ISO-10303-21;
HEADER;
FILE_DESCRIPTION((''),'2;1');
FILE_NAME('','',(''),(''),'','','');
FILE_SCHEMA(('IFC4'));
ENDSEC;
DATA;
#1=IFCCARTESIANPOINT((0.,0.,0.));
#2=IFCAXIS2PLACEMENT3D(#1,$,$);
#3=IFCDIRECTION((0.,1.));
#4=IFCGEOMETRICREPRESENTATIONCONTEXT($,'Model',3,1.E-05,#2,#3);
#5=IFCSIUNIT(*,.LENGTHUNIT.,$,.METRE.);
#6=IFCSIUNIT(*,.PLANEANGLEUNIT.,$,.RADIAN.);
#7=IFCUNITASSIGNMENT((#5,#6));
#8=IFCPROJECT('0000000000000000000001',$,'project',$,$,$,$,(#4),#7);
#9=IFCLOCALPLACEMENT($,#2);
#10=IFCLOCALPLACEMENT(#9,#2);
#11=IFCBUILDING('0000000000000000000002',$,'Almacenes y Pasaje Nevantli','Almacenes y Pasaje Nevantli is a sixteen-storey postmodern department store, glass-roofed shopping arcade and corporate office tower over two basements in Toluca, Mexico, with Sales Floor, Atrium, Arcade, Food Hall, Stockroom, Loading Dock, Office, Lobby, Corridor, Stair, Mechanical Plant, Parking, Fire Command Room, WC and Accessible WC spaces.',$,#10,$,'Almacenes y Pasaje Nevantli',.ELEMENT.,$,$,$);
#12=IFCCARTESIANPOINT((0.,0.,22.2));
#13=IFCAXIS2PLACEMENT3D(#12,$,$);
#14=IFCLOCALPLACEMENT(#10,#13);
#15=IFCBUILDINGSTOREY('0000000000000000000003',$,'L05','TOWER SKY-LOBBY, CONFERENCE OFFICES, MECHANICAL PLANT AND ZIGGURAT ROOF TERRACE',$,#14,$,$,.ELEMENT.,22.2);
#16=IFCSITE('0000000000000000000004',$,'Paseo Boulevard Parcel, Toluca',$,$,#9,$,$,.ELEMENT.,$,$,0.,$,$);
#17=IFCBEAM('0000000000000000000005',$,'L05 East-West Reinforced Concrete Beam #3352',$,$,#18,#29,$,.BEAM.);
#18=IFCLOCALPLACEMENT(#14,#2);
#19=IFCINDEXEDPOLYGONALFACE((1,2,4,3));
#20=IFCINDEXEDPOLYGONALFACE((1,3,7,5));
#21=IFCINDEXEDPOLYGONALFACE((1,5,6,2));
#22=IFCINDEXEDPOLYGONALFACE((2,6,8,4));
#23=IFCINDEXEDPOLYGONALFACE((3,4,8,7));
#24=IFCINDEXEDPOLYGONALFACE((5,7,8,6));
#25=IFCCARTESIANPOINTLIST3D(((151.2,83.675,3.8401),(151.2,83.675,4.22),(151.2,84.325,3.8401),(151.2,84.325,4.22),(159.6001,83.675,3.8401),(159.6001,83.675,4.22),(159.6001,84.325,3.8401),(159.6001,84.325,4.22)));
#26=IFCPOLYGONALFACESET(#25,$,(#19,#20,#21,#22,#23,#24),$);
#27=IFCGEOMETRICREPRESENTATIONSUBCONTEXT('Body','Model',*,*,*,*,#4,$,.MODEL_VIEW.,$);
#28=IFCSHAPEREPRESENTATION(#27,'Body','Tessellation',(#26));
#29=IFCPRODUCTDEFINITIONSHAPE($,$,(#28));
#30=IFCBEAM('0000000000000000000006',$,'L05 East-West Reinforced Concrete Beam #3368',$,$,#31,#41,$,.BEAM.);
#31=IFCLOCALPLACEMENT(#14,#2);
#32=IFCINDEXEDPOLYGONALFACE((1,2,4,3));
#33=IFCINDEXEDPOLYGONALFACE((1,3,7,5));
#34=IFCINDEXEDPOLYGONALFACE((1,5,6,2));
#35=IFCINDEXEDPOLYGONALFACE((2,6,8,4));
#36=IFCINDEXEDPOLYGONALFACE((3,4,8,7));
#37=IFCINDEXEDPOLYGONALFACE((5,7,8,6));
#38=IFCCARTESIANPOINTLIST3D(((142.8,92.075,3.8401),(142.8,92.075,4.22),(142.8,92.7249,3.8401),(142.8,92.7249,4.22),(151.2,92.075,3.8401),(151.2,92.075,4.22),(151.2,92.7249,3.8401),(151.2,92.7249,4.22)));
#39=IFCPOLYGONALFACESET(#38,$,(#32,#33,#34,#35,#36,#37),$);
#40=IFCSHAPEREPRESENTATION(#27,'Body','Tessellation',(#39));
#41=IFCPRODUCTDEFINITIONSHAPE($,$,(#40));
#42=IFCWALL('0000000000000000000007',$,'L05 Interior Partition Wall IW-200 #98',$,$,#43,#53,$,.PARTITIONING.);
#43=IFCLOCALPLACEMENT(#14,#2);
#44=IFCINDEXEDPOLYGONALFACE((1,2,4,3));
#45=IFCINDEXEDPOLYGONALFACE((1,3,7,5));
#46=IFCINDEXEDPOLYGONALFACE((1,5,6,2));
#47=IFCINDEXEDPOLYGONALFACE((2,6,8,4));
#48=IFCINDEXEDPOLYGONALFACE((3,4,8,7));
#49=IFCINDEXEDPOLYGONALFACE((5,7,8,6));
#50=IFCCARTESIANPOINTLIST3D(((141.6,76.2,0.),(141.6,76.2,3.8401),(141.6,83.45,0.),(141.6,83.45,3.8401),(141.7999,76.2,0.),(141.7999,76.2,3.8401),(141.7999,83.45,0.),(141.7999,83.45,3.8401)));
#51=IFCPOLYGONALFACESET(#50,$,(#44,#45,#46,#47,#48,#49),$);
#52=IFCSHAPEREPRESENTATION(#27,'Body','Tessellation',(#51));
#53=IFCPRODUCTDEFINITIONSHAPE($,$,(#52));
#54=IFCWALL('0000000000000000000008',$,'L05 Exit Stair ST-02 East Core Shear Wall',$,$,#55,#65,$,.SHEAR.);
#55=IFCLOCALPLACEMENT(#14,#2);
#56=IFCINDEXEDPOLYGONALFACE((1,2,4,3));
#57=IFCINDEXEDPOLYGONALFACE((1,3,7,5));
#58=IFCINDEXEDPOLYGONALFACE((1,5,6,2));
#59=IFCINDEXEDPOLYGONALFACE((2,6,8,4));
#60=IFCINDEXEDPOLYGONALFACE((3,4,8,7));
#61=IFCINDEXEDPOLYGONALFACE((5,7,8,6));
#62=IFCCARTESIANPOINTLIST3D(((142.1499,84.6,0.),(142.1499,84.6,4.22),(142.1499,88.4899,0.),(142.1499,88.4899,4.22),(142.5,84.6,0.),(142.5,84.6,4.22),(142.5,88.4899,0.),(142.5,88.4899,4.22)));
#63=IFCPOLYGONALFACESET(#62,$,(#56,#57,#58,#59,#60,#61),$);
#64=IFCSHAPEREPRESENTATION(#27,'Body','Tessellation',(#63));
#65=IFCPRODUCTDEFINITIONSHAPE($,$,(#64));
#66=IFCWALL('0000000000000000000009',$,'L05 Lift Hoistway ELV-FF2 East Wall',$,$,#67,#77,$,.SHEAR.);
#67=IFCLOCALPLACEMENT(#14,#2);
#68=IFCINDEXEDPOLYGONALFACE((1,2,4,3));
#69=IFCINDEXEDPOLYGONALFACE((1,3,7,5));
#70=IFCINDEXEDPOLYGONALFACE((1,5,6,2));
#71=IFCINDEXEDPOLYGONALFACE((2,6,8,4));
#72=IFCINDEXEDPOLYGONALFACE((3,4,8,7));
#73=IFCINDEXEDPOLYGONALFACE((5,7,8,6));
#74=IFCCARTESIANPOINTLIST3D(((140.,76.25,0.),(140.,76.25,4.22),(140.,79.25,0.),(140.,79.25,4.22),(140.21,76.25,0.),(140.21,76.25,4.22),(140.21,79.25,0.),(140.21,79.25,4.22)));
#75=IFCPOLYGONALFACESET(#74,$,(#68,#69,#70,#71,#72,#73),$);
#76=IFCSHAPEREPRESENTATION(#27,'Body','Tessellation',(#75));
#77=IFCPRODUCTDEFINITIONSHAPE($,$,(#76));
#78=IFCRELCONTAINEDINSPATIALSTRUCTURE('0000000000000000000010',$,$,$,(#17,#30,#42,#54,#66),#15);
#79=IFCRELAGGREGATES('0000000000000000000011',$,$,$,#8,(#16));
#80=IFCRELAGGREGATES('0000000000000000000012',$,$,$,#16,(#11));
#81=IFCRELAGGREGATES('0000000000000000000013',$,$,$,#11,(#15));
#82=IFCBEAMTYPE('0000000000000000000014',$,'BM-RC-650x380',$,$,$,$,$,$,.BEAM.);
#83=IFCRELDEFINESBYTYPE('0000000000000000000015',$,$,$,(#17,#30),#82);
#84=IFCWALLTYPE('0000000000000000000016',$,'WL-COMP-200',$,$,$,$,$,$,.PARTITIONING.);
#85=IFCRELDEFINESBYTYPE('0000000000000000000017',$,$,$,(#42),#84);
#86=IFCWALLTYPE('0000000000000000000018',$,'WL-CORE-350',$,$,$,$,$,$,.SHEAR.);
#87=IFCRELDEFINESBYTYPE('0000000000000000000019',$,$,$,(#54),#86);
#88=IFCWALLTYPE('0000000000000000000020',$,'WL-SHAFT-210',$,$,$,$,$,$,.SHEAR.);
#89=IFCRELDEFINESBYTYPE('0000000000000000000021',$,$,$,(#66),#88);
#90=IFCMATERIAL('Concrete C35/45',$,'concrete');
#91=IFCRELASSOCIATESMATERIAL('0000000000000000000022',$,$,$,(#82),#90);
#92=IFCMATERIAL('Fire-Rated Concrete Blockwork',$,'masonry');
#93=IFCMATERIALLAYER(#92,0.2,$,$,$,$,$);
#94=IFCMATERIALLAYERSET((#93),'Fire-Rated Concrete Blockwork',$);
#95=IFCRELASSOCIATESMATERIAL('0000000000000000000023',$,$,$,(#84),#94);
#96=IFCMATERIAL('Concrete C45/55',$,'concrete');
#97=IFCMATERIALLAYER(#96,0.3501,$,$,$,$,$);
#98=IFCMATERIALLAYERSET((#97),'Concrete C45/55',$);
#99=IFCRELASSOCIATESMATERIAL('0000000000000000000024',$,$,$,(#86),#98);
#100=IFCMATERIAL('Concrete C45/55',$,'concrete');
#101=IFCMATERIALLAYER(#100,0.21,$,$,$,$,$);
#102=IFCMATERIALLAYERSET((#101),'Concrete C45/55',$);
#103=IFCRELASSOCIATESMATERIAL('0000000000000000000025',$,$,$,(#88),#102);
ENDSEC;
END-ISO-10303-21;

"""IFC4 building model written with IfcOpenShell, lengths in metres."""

from ifc_helpers import new_model, si_unit, direction, frame, frame_2d, origin, origin_2d, place, context, subcontext, project, spatial, rectangle, extrude, material, layer, layer_set, material_profile, profile_set, type_object, element, save


model = new_model("IFC4")

# Units and contexts
model_context = context("Model", 3, precision=1e-05, world=origin(), true_north=direction((0.0, 1.0)))
body_context = subcontext(model_context, "Body", "Model", "MODEL_VIEW")
ifc_project = project(units=[si_unit("LENGTHUNIT", "METRE"), si_unit("PLANEANGLEUNIT", "RADIAN")], contexts=[model_context])

# Site, building, storey
site_placement = place(None, origin())
site = spatial("IfcSite", under=ifc_project, at=site_placement, Name="Paseo Boulevard Parcel, Toluca", CompositionType="ELEMENT", RefElevation=0.0)
building_placement = place(site_placement, origin())
building = spatial("IfcBuilding", under=site, at=building_placement, Name="Almacenes y Pasaje Nevantli", Description="Almacenes y Pasaje Nevantli is a sixteen-storey postmodern department store, glass-roofed shopping arcade and corporate office tower over two basements in Toluca, Mexico, with Sales Floor, Atrium, Arcade, Food Hall, Stockroom, Loading Dock, Office, Lobby, Corridor, Stair, Mechanical Plant, Parking, Fire Command Room, WC and Accessible WC spaces.", LongName="Almacenes y Pasaje Nevantli", CompositionType="ELEMENT")
storey_placement = place(building_placement, frame((0.0, 0.0, 22.2)))
storey = spatial("IfcBuildingStorey", under=building, at=storey_placement, Name="L05", Description="TOWER SKY-LOBBY, CONFERENCE OFFICES, MECHANICAL PLANT AND ZIGGURAT ROOF TERRACE", CompositionType="ELEMENT", Elevation=22.2)

# Beams
ifc_material_1 = material(Name="Concrete C35/45", Category="concrete")
ifc_material_profile_1 = material_profile(ifc_material_1, rectangle(XDim=0.6499, YDim=0.3799, at=origin_2d()), Name="RC-BM-650x380")
ifc_profile_set_1 = profile_set([ifc_material_profile_1], Name="Concrete C35/45")
beam_type_1 = type_object("IfcBeamType", Name="BM-RC-650x380", PredefinedType="BEAM", material=ifc_profile_set_1)
beam_1_placement = place(storey_placement, frame((151.2, 84.0, 4.03), z_axis=(1.0, 0.0, 0.0), x_axis=(0.0, 1.0, 0.0)))
element("IfcBeam", 1, at=beam_1_placement, inside=storey, type_object=beam_type_1, Name="L05 East-West Reinforced Concrete Beam #3352", PredefinedType="BEAM", context=body_context, shape_type="SweptSolid", body=[
    extrude(rectangle(XDim=0.6499, YDim=0.3799, at=origin_2d()), origin(), (0.0, 0.0, 1.0), 8.4001),
])
beam_2_placement = place(storey_placement, frame((142.8, 92.3999, 4.03), z_axis=(1.0, 0.0, 0.0), x_axis=(0.0, 1.0, 0.0)))
element("IfcBeam", 2, at=beam_2_placement, inside=storey, type_object=beam_type_1, Name="L05 East-West Reinforced Concrete Beam #3368", PredefinedType="BEAM", context=body_context, shape_type="SweptSolid", body=[
    extrude(rectangle(XDim=0.6499, YDim=0.3799, at=origin_2d()), origin(), (0.0, 0.0, 1.0), 8.3999),
])

# Walls
ifc_material_2 = material(Name="Fire-Rated Concrete Blockwork", Category="masonry")
ifc_layer_1 = layer(ifc_material_2, 0.2)
ifc_layer_set_1 = layer_set([ifc_layer_1], Name="Fire-Rated Concrete Blockwork")
wall_type_1 = type_object("IfcWallType", Name="WL-COMP-200", PredefinedType="PARTITIONING", material=ifc_layer_set_1)
wall_1_placement = place(storey_placement, frame((141.7, 76.2, 0.0), z_axis=(0.0, 0.0, 1.0), x_axis=(0.0, 1.0, 0.0)))
element("IfcWall", 3, at=wall_1_placement, inside=storey, type_object=wall_type_1, Name="L05 Interior Partition Wall IW-200 #98", PredefinedType="PARTITIONING", context=body_context, shape_type="SweptSolid", body=[
    extrude(rectangle(XDim=7.25, YDim=0.2, at=frame_2d((3.625, 0.0))), origin(), (0.0, 0.0, 1.0), 3.8401),
])
ifc_material_3 = material(Name="Concrete C45/55", Category="concrete")
ifc_layer_2 = layer(ifc_material_3, 0.3501)
ifc_layer_set_2 = layer_set([ifc_layer_2], Name="Concrete C45/55")
wall_type_2 = type_object("IfcWallType", Name="WL-CORE-350", PredefinedType="SHEAR", material=ifc_layer_set_2)
wall_2_placement = place(storey_placement, frame((142.325, 84.6001, 0.0), z_axis=(0.0, 0.0, 1.0), x_axis=(0.0, 1.0, 0.0)))
element("IfcWall", 4, at=wall_2_placement, inside=storey, type_object=wall_type_2, Name="L05 Exit Stair ST-02 East Core Shear Wall", PredefinedType="SHEAR", context=body_context, shape_type="SweptSolid", body=[
    extrude(rectangle(XDim=3.8899, YDim=0.3501, at=frame_2d((1.9448, 0.0))), origin(), (0.0, 0.0, 1.0), 4.22),
])
ifc_material_4 = material(Name="Concrete C45/55", Category="concrete")
ifc_layer_3 = layer(ifc_material_4, 0.21)
ifc_layer_set_3 = layer_set([ifc_layer_3], Name="Concrete C45/55")
wall_type_3 = type_object("IfcWallType", Name="WL-SHAFT-210", PredefinedType="SHEAR", material=ifc_layer_set_3)
wall_3_placement = place(storey_placement, frame((140.105, 76.25, 0.0), z_axis=(0.0, 0.0, 1.0), x_axis=(0.0, 1.0, 0.0)))
element("IfcWall", 5, at=wall_3_placement, inside=storey, type_object=wall_type_3, Name="L05 Lift Hoistway ELV-FF2 East Wall", PredefinedType="SHEAR", context=body_context, shape_type="SweptSolid", body=[
    extrude(rectangle(XDim=3.0, YDim=0.21, at=frame_2d((1.5, 0.0))), origin(), (0.0, 0.0, 1.0), 4.22),
])

save(model, "model.ifc")
